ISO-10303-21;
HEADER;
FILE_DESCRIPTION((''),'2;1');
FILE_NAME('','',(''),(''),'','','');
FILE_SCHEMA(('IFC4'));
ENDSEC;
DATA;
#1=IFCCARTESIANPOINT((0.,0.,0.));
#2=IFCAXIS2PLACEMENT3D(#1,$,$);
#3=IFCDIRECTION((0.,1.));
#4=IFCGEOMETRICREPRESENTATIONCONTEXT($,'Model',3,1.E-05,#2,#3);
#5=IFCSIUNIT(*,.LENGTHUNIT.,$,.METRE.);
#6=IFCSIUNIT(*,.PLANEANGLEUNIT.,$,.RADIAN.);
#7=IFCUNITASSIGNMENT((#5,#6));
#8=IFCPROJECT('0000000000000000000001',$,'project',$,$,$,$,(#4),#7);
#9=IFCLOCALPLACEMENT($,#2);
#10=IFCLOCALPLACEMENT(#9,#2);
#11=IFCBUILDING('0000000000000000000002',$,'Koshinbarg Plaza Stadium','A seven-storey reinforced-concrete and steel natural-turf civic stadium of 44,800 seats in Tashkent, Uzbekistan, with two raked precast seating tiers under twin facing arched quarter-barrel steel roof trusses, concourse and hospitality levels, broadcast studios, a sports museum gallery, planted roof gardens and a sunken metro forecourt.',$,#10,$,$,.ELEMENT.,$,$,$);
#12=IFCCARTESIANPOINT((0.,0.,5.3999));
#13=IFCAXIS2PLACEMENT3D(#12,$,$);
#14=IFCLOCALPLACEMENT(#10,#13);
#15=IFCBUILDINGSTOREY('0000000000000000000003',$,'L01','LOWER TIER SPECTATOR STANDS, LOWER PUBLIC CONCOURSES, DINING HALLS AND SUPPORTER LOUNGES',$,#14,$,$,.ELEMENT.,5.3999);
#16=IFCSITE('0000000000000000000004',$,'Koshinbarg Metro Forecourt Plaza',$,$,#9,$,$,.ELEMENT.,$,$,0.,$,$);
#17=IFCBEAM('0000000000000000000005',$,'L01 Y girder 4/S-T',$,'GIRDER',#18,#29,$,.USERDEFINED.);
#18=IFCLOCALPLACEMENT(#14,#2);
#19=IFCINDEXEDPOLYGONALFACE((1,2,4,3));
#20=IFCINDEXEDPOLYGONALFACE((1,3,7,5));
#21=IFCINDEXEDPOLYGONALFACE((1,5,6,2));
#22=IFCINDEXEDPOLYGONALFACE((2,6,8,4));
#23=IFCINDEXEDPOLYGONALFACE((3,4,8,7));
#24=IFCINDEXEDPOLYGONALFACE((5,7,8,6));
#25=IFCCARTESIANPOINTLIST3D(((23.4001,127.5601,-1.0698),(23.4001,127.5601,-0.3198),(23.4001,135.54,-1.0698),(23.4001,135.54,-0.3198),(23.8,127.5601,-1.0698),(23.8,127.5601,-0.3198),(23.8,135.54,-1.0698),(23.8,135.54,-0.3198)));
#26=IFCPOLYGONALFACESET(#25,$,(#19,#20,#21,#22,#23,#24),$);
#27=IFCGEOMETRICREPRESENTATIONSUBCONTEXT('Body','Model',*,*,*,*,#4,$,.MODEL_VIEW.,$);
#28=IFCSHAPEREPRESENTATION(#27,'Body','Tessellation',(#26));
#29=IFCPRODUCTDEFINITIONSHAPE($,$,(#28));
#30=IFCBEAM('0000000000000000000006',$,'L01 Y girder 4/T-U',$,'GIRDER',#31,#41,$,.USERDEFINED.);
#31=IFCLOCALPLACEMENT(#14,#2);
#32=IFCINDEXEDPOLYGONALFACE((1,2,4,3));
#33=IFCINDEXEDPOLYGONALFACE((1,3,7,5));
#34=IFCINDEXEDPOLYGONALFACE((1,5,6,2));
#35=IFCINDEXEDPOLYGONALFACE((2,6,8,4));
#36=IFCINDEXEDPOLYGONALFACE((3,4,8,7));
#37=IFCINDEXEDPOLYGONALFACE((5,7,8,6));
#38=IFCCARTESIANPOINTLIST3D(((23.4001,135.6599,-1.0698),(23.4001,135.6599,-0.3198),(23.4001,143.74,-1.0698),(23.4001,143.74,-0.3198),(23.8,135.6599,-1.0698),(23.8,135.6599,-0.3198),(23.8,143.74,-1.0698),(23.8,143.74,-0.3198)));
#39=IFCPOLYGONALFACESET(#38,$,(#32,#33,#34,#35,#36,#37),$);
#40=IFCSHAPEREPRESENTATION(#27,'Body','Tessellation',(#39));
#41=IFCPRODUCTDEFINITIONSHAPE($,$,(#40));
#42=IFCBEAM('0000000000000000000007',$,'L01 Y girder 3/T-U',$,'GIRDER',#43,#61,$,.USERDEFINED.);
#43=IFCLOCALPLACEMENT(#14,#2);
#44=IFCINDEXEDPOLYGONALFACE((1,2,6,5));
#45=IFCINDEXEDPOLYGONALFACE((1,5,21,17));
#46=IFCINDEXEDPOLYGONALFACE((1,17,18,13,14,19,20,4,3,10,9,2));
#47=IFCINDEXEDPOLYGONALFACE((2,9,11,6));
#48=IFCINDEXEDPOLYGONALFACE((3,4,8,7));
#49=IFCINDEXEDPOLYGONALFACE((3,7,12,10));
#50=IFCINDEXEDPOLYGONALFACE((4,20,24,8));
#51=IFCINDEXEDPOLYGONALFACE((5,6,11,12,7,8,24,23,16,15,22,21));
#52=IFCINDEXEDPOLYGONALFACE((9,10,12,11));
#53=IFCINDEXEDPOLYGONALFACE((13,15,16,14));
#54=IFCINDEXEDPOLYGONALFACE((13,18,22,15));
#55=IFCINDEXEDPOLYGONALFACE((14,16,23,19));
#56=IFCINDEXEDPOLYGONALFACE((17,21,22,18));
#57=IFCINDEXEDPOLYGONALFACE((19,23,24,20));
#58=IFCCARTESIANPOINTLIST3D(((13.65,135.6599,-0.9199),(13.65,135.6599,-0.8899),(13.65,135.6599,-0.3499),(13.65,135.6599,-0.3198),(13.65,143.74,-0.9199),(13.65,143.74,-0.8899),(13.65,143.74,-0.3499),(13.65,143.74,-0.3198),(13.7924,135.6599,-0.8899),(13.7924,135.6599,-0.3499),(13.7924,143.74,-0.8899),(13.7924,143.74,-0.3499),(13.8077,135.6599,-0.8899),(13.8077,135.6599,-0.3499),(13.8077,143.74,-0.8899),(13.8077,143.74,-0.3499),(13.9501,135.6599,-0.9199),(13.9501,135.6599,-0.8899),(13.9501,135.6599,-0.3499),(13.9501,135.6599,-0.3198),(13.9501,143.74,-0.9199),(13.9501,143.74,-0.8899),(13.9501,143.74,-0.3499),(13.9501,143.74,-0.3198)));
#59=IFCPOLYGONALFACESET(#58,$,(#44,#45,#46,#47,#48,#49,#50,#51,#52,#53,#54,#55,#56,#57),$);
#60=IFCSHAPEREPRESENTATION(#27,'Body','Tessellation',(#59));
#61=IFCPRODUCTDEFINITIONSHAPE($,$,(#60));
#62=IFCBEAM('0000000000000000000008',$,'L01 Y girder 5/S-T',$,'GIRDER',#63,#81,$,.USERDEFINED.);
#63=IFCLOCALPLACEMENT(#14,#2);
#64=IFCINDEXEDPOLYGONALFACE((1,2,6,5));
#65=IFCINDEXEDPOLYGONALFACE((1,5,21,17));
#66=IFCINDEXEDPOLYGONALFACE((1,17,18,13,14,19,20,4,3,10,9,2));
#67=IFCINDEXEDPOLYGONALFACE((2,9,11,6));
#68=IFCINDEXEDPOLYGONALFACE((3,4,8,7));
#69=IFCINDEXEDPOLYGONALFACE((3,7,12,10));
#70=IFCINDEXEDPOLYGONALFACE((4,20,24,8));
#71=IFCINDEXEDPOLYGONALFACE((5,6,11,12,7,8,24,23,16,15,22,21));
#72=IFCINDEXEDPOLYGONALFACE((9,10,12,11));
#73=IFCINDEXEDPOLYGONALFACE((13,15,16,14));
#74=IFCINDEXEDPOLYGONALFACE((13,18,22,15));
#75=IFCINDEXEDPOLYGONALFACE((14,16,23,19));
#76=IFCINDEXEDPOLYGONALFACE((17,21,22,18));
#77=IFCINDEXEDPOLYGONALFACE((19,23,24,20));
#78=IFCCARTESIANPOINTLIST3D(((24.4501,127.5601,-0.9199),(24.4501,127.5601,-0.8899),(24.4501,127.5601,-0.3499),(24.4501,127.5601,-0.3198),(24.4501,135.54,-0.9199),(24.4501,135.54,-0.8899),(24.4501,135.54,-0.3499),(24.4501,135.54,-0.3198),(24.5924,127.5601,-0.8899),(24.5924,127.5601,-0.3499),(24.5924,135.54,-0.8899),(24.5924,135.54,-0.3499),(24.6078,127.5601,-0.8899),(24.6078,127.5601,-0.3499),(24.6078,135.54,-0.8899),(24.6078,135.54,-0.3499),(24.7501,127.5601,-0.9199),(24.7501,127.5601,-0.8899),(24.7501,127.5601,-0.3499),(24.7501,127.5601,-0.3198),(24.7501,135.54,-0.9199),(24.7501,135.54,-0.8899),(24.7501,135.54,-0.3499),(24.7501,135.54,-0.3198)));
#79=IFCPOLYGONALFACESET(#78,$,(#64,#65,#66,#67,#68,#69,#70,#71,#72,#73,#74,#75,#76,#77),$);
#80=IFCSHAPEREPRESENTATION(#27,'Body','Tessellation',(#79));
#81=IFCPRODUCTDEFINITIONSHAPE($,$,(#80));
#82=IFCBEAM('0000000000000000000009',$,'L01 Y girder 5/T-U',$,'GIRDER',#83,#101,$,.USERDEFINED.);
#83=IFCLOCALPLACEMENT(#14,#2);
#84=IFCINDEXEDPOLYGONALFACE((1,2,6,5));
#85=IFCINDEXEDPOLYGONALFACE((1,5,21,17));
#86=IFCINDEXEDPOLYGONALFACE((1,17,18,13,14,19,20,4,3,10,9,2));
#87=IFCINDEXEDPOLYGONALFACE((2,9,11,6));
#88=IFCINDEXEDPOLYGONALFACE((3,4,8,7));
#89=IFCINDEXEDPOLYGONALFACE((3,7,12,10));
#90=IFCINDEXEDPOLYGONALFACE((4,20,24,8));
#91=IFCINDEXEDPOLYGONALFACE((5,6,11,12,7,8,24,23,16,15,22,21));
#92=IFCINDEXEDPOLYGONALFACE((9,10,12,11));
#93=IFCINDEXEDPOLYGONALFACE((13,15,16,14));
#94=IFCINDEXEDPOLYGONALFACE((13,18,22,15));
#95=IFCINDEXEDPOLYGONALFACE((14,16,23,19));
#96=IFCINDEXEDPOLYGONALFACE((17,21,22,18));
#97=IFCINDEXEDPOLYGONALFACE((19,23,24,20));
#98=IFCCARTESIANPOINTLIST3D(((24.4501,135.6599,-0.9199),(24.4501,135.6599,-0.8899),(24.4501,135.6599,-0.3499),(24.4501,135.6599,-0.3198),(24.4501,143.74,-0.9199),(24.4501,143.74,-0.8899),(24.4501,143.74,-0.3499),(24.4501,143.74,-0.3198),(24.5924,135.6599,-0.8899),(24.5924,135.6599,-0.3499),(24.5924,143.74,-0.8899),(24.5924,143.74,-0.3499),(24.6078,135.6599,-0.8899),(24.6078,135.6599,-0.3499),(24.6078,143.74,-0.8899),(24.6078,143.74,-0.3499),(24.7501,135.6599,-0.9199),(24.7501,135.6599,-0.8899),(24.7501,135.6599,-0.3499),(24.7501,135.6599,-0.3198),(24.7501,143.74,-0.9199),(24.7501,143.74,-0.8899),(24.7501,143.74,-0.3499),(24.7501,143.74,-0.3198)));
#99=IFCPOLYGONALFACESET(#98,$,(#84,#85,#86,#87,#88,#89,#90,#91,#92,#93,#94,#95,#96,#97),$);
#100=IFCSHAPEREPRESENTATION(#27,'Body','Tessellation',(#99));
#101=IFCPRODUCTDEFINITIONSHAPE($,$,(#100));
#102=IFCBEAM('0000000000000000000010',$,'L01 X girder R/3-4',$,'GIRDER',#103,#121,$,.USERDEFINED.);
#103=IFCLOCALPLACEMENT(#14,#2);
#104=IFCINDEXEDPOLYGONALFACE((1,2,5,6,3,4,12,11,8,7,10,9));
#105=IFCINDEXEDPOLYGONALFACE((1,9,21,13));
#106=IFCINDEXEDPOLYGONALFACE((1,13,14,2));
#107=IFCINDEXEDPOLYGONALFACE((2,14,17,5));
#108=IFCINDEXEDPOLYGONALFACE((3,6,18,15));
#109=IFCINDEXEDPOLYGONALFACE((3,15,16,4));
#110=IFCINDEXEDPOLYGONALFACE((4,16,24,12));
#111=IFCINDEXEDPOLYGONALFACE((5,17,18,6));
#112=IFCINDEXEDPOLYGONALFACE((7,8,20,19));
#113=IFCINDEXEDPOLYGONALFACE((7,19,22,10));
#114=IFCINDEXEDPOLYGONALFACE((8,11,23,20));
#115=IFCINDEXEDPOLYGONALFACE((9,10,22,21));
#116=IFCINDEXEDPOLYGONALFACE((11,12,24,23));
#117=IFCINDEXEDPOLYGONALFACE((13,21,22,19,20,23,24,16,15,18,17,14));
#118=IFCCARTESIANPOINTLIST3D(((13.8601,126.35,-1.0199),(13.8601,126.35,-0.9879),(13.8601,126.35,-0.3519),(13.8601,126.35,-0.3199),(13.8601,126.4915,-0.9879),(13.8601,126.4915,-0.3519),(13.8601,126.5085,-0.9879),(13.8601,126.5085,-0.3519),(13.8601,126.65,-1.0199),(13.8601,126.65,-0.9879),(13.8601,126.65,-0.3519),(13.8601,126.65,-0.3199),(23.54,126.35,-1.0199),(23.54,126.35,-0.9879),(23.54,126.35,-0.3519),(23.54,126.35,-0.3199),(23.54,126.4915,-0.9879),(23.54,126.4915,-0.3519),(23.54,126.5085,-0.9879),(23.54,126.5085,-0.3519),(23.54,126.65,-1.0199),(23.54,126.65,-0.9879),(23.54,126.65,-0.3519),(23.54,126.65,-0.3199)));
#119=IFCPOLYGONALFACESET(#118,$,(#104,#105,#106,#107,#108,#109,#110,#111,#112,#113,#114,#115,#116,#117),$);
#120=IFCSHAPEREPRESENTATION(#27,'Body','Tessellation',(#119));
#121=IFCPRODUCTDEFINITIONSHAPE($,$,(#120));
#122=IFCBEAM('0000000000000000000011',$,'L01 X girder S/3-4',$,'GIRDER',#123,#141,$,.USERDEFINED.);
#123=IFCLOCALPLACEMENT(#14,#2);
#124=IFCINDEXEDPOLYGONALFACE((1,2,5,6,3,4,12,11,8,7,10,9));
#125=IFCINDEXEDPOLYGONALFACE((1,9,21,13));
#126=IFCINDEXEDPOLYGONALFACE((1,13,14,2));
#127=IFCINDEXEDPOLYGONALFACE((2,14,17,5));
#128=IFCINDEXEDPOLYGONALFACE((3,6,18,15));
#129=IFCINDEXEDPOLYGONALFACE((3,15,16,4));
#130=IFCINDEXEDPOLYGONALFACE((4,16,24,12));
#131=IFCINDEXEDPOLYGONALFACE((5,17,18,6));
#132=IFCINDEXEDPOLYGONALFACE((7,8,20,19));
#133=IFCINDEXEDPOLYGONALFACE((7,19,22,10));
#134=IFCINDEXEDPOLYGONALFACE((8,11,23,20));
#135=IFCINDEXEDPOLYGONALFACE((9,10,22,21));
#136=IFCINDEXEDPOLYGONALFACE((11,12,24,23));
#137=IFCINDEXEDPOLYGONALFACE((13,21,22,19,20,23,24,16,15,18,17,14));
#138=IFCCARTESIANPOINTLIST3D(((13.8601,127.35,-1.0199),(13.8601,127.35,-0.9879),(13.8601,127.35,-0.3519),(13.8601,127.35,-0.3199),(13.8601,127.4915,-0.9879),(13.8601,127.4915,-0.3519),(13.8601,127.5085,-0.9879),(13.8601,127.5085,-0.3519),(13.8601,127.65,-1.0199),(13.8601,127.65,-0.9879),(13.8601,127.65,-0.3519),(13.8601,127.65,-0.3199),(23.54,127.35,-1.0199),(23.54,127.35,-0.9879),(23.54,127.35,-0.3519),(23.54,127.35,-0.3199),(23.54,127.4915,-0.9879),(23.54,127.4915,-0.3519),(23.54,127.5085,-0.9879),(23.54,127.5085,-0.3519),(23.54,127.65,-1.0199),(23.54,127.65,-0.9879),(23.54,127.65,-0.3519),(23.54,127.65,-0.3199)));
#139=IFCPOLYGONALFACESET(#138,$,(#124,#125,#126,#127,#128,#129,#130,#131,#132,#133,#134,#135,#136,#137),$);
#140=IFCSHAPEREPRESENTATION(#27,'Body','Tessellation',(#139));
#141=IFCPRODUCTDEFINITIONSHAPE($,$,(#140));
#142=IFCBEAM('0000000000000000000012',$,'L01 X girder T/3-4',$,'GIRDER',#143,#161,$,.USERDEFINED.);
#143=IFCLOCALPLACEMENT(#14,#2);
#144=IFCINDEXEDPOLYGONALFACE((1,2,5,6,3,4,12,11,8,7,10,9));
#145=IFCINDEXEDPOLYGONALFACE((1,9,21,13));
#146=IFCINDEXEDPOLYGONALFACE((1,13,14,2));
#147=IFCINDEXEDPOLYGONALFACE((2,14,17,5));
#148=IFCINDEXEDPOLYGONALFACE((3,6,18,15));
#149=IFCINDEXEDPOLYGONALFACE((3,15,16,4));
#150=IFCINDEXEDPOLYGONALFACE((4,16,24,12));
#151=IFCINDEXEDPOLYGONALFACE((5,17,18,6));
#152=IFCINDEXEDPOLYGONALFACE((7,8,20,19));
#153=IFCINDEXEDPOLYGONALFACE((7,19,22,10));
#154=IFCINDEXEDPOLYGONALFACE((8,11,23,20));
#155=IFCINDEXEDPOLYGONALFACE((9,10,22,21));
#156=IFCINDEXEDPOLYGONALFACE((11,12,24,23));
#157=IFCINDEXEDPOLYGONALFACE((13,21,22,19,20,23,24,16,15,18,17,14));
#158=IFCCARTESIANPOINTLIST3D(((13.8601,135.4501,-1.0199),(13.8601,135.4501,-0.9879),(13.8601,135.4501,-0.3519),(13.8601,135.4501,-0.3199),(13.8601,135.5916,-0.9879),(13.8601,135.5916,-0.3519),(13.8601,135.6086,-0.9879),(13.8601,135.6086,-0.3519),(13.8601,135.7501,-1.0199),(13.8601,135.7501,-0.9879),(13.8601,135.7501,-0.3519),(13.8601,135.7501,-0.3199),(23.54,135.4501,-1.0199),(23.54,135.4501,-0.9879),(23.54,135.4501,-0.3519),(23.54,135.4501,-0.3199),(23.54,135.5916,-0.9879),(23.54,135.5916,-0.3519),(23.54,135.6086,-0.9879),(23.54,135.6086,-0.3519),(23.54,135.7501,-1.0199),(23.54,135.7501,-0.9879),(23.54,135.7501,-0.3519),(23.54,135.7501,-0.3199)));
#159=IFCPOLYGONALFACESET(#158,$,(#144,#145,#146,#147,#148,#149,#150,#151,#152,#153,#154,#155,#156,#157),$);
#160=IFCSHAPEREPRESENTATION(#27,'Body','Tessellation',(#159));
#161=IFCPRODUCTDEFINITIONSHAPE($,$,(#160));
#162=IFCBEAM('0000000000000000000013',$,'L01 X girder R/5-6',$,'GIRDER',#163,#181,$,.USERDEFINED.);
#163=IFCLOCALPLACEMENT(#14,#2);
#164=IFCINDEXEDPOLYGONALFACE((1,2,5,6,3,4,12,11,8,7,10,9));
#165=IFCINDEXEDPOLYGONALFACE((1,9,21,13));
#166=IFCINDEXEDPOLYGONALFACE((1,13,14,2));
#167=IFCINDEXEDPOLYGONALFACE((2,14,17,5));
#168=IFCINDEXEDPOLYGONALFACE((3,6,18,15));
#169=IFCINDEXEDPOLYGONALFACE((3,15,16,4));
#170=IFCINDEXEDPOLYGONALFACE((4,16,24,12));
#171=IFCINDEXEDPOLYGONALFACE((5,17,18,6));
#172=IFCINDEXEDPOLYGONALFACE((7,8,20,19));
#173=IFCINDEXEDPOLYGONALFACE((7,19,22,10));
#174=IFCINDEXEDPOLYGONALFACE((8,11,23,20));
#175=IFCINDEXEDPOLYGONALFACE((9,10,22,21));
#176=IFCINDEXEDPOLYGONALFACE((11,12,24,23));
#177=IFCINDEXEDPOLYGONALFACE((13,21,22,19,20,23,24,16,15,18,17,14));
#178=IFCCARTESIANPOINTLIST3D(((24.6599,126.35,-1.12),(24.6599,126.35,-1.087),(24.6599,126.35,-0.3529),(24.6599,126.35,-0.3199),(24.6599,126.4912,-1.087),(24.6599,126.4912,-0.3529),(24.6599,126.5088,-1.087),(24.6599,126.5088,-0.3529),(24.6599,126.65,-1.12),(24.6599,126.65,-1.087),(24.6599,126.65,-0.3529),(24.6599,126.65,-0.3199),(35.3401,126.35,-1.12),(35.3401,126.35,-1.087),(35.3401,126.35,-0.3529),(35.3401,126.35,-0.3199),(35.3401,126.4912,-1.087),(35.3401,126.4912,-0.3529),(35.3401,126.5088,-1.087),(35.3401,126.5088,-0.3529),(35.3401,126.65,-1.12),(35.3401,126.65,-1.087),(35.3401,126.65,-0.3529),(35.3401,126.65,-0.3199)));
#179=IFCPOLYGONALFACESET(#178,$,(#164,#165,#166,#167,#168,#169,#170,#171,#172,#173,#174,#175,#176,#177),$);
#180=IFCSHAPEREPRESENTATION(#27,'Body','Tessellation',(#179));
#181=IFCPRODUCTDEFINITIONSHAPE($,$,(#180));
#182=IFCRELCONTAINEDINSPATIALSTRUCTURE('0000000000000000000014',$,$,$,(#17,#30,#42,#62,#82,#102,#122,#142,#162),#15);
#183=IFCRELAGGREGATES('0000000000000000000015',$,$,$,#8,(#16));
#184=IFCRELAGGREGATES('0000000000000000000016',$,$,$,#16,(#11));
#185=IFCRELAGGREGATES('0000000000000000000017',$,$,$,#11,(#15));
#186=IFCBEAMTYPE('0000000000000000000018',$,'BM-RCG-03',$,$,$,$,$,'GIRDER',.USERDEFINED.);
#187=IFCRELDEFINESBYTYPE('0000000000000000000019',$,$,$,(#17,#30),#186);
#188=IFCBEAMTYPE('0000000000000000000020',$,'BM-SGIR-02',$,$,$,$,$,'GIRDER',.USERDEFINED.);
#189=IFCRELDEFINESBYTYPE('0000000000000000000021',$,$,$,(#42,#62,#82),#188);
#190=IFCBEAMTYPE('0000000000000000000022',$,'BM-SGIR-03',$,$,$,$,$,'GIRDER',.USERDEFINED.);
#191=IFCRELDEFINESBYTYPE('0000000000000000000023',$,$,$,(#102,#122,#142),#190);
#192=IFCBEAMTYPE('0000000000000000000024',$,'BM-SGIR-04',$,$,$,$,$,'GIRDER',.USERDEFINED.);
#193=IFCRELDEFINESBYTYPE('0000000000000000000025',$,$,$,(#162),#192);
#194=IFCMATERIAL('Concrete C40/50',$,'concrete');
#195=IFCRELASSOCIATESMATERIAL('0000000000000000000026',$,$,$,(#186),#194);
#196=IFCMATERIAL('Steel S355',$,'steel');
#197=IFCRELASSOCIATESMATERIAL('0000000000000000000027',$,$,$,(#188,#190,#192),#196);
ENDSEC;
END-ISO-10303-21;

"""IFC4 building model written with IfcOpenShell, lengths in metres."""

from ifc_helpers import new_model, si_unit, direction, frame, origin, origin_2d, place, context, subcontext, project, spatial, rectangle, i_section, extrude, material, material_profile, profile_set, type_object, element, save


model = new_model("IFC4")

# Units and contexts
model_context = context("Model", 3, precision=1e-05, world=origin(), true_north=direction((0.0, 1.0)))
body_context = subcontext(model_context, "Body", "Model", "MODEL_VIEW")
ifc_project = project(units=[si_unit("LENGTHUNIT", "METRE"), si_unit("PLANEANGLEUNIT", "RADIAN")], contexts=[model_context])

# Site, building, storey
site_placement = place(None, origin())
site = spatial("IfcSite", under=ifc_project, at=site_placement, Name="Koshinbarg Metro Forecourt Plaza", CompositionType="ELEMENT", RefElevation=0.0)
building_placement = place(site_placement, origin())
building = spatial("IfcBuilding", under=site, at=building_placement, Name="Koshinbarg Plaza Stadium", Description="A seven-storey reinforced-concrete and steel natural-turf civic stadium of 44,800 seats in Tashkent, Uzbekistan, with two raked precast seating tiers under twin facing arched quarter-barrel steel roof trusses, concourse and hospitality levels, broadcast studios, a sports museum gallery, planted roof gardens and a sunken metro forecourt.", CompositionType="ELEMENT")
storey_placement = place(building_placement, frame((0.0, 0.0, 5.3999)))
storey = spatial("IfcBuildingStorey", under=building, at=storey_placement, Name="L01", Description="LOWER TIER SPECTATOR STANDS, LOWER PUBLIC CONCOURSES, DINING HALLS AND SUPPORTER LOUNGES", CompositionType="ELEMENT", Elevation=5.3999)

# Shared definitions
ifc_material_1 = material(Name="Concrete C40/50", Category="concrete")
ifc_material_2 = material(Name="Steel S355", Category="steel")

# Beams
ifc_material_profile_1 = material_profile(ifc_material_1, rectangle(XDim=0.3999, YDim=0.75, at=origin_2d()), Name="RC 400x750")
ifc_profile_set_1 = profile_set([ifc_material_profile_1], Name="Concrete C40/50")
beam_type_1 = type_object("IfcBeamType", Name="BM-RCG-03", ElementType="GIRDER", PredefinedType="USERDEFINED", material=ifc_profile_set_1)
beam_1_placement = place(storey_placement, frame((23.6001, 127.5601, -0.6948), z_axis=(0.0, 1.0, 0.0), x_axis=(-1.0, 0.0, 0.0)))
element("IfcBeam", 1, at=beam_1_placement, inside=storey, type_object=beam_type_1, Name="L01 Y girder 4/S-T", ObjectType="GIRDER", PredefinedType="USERDEFINED", context=body_context, shape_type="SweptSolid", body=[
    extrude(rectangle(XDim=0.3999, YDim=0.75, at=origin_2d()), origin(), (0.0, 0.0, 1.0), 7.98),
])
beam_2_placement = place(storey_placement, frame((23.6001, 135.6599, -0.6948), z_axis=(0.0, 1.0, 0.0), x_axis=(-1.0, 0.0, 0.0)))
element("IfcBeam", 2, at=beam_2_placement, inside=storey, type_object=beam_type_1, Name="L01 Y girder 4/T-U", ObjectType="GIRDER", PredefinedType="USERDEFINED", context=body_context, shape_type="SweptSolid", body=[
    extrude(rectangle(XDim=0.3999, YDim=0.75, at=origin_2d()), origin(), (0.0, 0.0, 1.0), 8.0801),
])
ifc_material_profile_2 = material_profile(ifc_material_2, i_section(OverallWidth=0.3, OverallDepth=0.6001, WebThickness=0.0154, FlangeThickness=0.03, at=origin_2d()), Name="HEB 600")
ifc_profile_set_2 = profile_set([ifc_material_profile_2], Name="Steel S355")
beam_type_2 = type_object("IfcBeamType", Name="BM-SGIR-02", ElementType="GIRDER", PredefinedType="USERDEFINED", material=ifc_profile_set_2)
beam_3_placement = place(storey_placement, frame((13.8, 135.6599, -0.6199), z_axis=(0.0, 1.0, 0.0), x_axis=(-1.0, 0.0, 0.0)))
element("IfcBeam", 3, at=beam_3_placement, inside=storey, type_object=beam_type_2, Name="L01 Y girder 3/T-U", ObjectType="GIRDER", PredefinedType="USERDEFINED", context=body_context, shape_type="SweptSolid", body=[
    extrude(i_section(OverallWidth=0.3, OverallDepth=0.6001, WebThickness=0.0154, FlangeThickness=0.03, at=origin_2d()), origin(), (0.0, 0.0, 1.0), 8.0801),
])
beam_4_placement = place(storey_placement, frame((24.6001, 127.5601, -0.6199), z_axis=(0.0, 1.0, 0.0), x_axis=(-1.0, 0.0, 0.0)))
element("IfcBeam", 4, at=beam_4_placement, inside=storey, type_object=beam_type_2, Name="L01 Y girder 5/S-T", ObjectType="GIRDER", PredefinedType="USERDEFINED", context=body_context, shape_type="SweptSolid", body=[
    extrude(i_section(OverallWidth=0.3, OverallDepth=0.6001, WebThickness=0.0154, FlangeThickness=0.03, at=origin_2d()), origin(), (0.0, 0.0, 1.0), 7.98),
])
beam_5_placement = place(storey_placement, frame((24.6001, 135.6599, -0.6199), z_axis=(0.0, 1.0, 0.0), x_axis=(-1.0, 0.0, 0.0)))
element("IfcBeam", 5, at=beam_5_placement, inside=storey, type_object=beam_type_2, Name="L01 Y girder 5/T-U", ObjectType="GIRDER", PredefinedType="USERDEFINED", context=body_context, shape_type="SweptSolid", body=[
    extrude(i_section(OverallWidth=0.3, OverallDepth=0.6001, WebThickness=0.0154, FlangeThickness=0.03, at=origin_2d()), origin(), (0.0, 0.0, 1.0), 8.0801),
])
ifc_material_profile_3 = material_profile(ifc_material_2, i_section(OverallWidth=0.3, OverallDepth=0.7, WebThickness=0.0171, FlangeThickness=0.032, at=origin_2d()), Name="HEB 700")
ifc_profile_set_3 = profile_set([ifc_material_profile_3], Name="Steel S355")
beam_type_3 = type_object("IfcBeamType", Name="BM-SGIR-03", ElementType="GIRDER", PredefinedType="USERDEFINED", material=ifc_profile_set_3)
for number, where, z_axis, x_axis, name in (
    (6, (13.8601, 126.5, -0.6699), (1.0, 0.0, 0.0), (0.0, 1.0, 0.0), "L01 X girder R/3-4"),
    (7, (13.8601, 127.5, -0.6699), (1.0, 0.0, 0.0), (0.0, 1.0, 0.0), "L01 X girder S/3-4"),
    (8, (13.8601, 135.6001, -0.6699), (1.0, 0.0, 0.0), (0.0, 1.0, 0.0), "L01 X girder T/3-4"),
):
    element("IfcBeam", number, at=place(storey_placement, frame(where, z_axis=z_axis, x_axis=x_axis)), inside=storey, type_object=beam_type_3, Name=name, ObjectType="GIRDER", PredefinedType="USERDEFINED", context=body_context, shape_type="SweptSolid", body=[
        extrude(i_section(OverallWidth=0.3, OverallDepth=0.7, WebThickness=0.0171, FlangeThickness=0.032, at=origin_2d()), origin(), (0.0, 0.0, 1.0), 9.6799),
    ])
ifc_material_profile_4 = material_profile(ifc_material_2, i_section(OverallWidth=0.3, OverallDepth=0.8, WebThickness=0.0176, FlangeThickness=0.033, at=origin_2d()), Name="HEB 800")
ifc_profile_set_4 = profile_set([ifc_material_profile_4], Name="Steel S355")
beam_type_4 = type_object("IfcBeamType", Name="BM-SGIR-04", ElementType="GIRDER", PredefinedType="USERDEFINED", material=ifc_profile_set_4)
for number, where, z_axis, x_axis, name in (
    (9, (24.6599, 126.5, -0.72), (1.0, 0.0, 0.0), (0.0, 1.0, 0.0), "L01 X girder R/5-6"),
):
    element("IfcBeam", number, at=place(storey_placement, frame(where, z_axis=z_axis, x_axis=x_axis)), inside=storey, type_object=beam_type_4, Name=name, ObjectType="GIRDER", PredefinedType="USERDEFINED", context=body_context, shape_type="SweptSolid", body=[
        extrude(i_section(OverallWidth=0.3, OverallDepth=0.8, WebThickness=0.0176, FlangeThickness=0.033, at=origin_2d()), origin(), (0.0, 0.0, 1.0), 10.6802),
    ])

save(model, "model.ifc")
